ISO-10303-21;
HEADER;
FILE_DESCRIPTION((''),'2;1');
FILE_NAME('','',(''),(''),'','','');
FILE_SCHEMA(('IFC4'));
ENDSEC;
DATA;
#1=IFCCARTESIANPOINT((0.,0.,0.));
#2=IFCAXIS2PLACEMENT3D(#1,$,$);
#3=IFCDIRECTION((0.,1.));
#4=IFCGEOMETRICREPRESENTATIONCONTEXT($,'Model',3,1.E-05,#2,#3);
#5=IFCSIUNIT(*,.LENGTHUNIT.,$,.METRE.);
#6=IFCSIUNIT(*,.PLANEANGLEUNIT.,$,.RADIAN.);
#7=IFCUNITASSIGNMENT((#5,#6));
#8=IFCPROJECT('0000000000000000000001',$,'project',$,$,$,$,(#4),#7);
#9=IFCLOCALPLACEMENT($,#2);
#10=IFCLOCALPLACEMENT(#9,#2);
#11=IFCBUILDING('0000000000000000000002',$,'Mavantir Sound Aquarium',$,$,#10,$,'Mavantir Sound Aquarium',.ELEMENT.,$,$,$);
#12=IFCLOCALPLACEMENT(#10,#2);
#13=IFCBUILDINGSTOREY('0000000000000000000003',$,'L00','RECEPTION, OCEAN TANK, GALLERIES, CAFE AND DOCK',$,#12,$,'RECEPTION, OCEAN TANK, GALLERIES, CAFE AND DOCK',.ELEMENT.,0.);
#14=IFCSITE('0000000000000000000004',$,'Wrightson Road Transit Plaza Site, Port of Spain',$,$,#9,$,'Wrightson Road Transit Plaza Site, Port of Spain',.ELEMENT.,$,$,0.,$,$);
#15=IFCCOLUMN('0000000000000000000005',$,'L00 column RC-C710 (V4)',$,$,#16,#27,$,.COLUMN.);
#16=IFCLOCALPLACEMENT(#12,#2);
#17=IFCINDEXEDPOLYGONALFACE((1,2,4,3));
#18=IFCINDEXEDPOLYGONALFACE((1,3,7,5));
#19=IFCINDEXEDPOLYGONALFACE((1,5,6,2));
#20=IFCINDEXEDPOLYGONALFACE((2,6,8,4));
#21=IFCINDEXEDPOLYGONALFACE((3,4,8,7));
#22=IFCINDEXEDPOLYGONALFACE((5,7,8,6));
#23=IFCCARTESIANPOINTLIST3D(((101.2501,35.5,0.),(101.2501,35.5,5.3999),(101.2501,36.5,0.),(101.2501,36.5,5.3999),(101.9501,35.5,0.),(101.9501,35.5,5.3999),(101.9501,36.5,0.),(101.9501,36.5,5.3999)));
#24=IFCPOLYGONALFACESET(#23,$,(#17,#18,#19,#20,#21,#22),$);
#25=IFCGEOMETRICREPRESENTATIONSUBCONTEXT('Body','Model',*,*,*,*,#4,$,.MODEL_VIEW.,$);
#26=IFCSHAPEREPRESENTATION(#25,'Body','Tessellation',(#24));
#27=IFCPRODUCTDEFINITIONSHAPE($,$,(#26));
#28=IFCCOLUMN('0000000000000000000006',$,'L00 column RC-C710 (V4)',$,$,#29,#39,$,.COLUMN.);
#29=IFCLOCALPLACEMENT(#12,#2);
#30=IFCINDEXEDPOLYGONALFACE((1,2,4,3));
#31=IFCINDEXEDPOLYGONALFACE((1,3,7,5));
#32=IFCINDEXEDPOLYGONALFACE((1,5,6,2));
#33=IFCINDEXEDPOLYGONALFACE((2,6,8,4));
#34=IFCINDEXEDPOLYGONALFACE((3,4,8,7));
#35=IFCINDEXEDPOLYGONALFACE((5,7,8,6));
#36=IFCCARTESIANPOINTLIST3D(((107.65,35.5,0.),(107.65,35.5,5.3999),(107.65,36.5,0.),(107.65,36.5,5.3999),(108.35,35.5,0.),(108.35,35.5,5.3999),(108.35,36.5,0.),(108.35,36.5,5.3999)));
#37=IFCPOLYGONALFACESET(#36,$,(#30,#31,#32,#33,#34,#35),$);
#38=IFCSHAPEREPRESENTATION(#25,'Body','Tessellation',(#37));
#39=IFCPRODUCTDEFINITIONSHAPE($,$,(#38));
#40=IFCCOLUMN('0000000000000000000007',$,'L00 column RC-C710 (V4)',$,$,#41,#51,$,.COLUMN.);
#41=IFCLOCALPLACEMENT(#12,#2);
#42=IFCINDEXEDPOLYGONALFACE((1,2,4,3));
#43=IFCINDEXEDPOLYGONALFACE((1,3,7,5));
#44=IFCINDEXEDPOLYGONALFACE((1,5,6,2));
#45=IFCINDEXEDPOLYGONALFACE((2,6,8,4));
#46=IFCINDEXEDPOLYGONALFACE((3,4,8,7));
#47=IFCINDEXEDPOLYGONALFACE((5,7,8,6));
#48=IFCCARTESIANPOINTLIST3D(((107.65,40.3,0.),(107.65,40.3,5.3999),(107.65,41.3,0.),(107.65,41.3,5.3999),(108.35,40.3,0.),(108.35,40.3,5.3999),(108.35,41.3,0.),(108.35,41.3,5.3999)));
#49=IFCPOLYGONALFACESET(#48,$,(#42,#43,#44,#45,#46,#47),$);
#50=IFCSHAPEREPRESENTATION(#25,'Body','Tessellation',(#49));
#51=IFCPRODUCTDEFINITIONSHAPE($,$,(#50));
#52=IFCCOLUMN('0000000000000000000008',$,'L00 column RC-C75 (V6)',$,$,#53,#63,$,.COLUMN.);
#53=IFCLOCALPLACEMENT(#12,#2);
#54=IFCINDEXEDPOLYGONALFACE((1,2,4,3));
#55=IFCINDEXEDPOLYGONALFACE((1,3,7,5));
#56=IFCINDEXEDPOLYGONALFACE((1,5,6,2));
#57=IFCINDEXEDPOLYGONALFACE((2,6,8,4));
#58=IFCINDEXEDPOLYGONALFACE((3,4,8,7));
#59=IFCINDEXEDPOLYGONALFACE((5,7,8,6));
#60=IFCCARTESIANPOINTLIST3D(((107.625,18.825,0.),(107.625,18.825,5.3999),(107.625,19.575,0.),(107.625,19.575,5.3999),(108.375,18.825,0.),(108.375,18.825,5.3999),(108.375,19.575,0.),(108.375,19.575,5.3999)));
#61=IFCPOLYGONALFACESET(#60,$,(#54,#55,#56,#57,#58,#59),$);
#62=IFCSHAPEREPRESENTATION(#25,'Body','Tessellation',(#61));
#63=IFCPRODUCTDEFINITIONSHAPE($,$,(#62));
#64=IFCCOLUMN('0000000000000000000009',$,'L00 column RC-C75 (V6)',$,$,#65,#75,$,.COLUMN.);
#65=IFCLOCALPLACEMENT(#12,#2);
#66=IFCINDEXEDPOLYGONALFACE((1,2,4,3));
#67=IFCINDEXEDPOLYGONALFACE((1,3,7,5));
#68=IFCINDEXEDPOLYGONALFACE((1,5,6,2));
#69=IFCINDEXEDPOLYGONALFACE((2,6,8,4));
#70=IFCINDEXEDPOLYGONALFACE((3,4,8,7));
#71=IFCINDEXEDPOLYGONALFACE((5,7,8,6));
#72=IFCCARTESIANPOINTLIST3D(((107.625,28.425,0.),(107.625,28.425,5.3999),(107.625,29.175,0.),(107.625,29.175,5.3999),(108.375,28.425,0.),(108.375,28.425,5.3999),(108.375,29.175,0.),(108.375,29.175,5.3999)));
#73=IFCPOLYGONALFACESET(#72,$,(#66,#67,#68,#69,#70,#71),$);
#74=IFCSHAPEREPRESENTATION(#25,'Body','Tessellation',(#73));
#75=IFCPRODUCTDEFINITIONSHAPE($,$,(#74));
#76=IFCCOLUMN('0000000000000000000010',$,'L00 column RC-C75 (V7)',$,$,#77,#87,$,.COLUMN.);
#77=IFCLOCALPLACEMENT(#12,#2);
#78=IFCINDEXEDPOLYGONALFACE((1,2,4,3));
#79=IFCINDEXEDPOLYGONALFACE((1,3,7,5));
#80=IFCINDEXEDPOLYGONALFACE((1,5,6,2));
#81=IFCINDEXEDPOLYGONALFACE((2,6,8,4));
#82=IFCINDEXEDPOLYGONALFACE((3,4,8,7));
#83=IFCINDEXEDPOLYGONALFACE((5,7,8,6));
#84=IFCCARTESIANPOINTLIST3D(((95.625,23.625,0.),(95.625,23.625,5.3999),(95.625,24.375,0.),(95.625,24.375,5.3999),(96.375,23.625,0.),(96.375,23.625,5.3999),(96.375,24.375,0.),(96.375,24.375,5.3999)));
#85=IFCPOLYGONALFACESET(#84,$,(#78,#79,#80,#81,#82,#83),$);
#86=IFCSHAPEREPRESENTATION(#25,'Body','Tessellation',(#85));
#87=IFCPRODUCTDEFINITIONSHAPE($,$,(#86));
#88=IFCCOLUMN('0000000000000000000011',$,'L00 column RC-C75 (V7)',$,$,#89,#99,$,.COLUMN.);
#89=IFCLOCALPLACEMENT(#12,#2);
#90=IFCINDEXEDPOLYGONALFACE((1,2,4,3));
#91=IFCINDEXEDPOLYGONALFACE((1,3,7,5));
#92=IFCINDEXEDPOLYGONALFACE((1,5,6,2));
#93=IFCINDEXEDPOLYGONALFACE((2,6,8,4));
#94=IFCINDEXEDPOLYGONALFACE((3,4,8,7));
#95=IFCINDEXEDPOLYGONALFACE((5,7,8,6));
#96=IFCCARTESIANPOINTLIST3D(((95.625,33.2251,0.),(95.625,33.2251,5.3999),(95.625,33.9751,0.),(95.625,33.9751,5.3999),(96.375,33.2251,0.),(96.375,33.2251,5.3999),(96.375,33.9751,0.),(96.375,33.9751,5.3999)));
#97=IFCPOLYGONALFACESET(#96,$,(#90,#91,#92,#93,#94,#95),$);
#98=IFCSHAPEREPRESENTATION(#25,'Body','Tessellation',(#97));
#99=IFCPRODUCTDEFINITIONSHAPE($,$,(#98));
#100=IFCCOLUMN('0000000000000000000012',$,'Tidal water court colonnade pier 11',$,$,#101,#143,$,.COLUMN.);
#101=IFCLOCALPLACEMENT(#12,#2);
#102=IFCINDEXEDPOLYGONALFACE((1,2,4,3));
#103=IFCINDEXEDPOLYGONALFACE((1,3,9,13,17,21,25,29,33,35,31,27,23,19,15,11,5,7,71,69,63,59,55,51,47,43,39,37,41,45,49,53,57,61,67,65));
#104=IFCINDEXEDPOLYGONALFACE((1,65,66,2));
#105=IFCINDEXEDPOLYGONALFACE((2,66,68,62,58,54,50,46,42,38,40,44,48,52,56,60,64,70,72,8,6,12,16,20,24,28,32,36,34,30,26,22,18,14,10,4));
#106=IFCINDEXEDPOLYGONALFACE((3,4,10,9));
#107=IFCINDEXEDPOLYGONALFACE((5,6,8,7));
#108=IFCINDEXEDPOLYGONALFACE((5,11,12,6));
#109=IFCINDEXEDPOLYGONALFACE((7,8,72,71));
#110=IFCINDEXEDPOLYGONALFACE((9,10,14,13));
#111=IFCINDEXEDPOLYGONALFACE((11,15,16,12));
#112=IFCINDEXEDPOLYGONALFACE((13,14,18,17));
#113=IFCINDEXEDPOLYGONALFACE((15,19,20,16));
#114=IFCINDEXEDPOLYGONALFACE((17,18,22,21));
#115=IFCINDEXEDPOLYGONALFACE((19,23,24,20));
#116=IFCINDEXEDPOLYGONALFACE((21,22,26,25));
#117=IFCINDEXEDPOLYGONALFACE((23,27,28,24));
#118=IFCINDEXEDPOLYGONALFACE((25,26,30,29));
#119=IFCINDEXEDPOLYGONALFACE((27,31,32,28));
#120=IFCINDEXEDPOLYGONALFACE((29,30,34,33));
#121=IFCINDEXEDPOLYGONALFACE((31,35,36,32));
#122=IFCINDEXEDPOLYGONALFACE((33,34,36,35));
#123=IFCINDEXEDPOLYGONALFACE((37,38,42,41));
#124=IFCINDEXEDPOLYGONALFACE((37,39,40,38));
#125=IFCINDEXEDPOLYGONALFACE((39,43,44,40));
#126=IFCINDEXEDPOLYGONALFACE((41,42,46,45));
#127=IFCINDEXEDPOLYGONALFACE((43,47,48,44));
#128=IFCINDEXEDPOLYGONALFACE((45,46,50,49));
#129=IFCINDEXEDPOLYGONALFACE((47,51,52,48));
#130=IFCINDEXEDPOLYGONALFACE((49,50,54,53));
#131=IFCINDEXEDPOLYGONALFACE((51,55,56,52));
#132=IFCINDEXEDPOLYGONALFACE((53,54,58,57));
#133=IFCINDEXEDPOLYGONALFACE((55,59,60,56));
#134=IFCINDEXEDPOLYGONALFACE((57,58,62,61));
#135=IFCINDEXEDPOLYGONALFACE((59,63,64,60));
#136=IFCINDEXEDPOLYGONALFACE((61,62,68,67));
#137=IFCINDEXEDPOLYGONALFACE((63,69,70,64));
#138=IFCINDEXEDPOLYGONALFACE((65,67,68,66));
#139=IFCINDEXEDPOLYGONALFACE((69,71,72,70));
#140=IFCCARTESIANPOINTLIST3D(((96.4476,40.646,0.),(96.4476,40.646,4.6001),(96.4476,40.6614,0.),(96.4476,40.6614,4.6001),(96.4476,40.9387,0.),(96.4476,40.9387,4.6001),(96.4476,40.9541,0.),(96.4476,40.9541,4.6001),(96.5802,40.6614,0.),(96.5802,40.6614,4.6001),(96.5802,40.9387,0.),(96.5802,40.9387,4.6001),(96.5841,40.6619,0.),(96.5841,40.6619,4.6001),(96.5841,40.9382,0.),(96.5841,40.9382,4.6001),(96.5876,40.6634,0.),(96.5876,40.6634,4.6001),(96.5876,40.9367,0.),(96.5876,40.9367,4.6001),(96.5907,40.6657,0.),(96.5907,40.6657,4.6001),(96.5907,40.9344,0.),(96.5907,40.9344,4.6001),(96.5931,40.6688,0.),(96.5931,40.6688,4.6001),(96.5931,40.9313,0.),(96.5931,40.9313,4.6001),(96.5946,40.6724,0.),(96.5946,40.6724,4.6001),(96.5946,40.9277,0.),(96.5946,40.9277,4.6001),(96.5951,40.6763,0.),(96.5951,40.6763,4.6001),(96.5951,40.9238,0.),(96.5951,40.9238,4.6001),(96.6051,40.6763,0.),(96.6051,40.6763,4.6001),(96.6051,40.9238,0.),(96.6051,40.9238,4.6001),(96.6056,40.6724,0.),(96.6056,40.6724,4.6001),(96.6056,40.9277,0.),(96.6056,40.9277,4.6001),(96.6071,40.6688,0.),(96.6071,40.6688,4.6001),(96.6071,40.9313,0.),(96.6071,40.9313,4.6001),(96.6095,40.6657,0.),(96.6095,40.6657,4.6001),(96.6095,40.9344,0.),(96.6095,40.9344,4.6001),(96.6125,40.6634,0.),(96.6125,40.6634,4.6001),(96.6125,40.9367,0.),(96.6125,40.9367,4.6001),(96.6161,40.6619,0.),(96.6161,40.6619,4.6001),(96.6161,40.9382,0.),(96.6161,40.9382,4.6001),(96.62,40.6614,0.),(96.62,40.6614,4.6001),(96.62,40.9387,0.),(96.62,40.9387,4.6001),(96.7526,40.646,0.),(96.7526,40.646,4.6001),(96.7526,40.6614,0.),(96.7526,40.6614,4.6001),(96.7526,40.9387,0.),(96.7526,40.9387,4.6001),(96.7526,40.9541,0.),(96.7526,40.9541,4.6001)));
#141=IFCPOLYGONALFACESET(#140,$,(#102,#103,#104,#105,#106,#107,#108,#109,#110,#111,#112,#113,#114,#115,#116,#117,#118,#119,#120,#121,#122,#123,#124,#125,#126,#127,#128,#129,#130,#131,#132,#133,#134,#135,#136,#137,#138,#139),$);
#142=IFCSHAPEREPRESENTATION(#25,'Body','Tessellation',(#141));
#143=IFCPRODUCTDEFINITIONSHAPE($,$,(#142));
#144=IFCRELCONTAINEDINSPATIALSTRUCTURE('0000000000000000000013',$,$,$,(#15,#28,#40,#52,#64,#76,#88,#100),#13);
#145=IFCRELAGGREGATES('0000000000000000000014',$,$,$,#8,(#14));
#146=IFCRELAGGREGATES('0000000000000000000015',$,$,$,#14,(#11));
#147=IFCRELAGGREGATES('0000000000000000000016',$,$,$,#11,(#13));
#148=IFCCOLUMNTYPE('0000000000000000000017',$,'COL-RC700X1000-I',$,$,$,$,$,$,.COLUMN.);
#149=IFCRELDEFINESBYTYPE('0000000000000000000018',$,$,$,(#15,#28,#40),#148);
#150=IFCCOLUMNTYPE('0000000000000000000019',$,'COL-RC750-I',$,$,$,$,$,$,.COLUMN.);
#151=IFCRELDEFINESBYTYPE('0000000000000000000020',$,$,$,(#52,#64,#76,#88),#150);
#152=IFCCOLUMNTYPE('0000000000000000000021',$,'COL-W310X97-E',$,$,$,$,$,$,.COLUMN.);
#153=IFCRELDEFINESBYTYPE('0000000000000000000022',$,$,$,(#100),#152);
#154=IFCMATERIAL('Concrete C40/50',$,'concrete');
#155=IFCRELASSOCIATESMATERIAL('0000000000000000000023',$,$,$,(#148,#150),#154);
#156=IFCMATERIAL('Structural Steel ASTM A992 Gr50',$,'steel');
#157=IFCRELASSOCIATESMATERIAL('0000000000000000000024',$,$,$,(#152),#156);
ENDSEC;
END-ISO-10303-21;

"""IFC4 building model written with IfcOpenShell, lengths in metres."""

from ifc_helpers import new_model, si_unit, direction, frame, origin, origin_2d, place, context, subcontext, project, spatial, rectangle, i_section, extrude, material, material_profile, profile_set, type_object, element, save


model = new_model("IFC4")

# Units and contexts
model_context = context("Model", 3, precision=1e-05, world=origin(), true_north=direction((0.0, 1.0)))
body_context = subcontext(model_context, "Body", "Model", "MODEL_VIEW")
ifc_project = project(units=[si_unit("LENGTHUNIT", "METRE"), si_unit("PLANEANGLEUNIT", "RADIAN")], contexts=[model_context])

# Site, building, storey
site_placement = place(None, origin())
site = spatial("IfcSite", under=ifc_project, at=site_placement, Name="Wrightson Road Transit Plaza Site, Port of Spain", LongName="Wrightson Road Transit Plaza Site, Port of Spain", CompositionType="ELEMENT", RefElevation=0.0)
building_placement = place(site_placement, origin())
building = spatial("IfcBuilding", under=site, at=building_placement, Name="Mavantir Sound Aquarium", LongName="Mavantir Sound Aquarium", CompositionType="ELEMENT")
storey_placement = place(building_placement, origin())
storey = spatial("IfcBuildingStorey", under=building, at=storey_placement, Name="L00", Description="RECEPTION, OCEAN TANK, GALLERIES, CAFE AND DOCK", LongName="RECEPTION, OCEAN TANK, GALLERIES, CAFE AND DOCK", CompositionType="ELEMENT", Elevation=0.0)

# Columns
ifc_material_1 = material(Name="Concrete C40/50", Category="concrete")
ifc_material_profile_1 = material_profile(ifc_material_1, rectangle(XDim=0.7, YDim=1.0, at=origin_2d()), Name="RC 700X1000")
ifc_profile_set_1 = profile_set([ifc_material_profile_1], Name="Concrete C40/50")
column_type_1 = type_object("IfcColumnType", Name="COL-RC700X1000-I", PredefinedType="COLUMN", material=ifc_profile_set_1)
for number, where, z_axis, x_axis, name in (
    (1, (101.6001, 36.0, 0.0), (0.0, 0.0, 1.0), (1.0, 0.0, 0.0), "L00 column RC-C710 (V4)"),
    (2, (108.0, 36.0, 0.0), (0.0, 0.0, 1.0), (1.0, 0.0, 0.0), "L00 column RC-C710 (V4)"),
    (3, (108.0, 40.8, 0.0), (0.0, 0.0, 1.0), (1.0, 0.0, 0.0), "L00 column RC-C710 (V4)"),
):
    element("IfcColumn", number, at=place(storey_placement, frame(where, z_axis=z_axis, x_axis=x_axis)), inside=storey, type_object=column_type_1, Name=name, PredefinedType="COLUMN", context=body_context, shape_type="SweptSolid", body=[
        extrude(rectangle(XDim=0.7, YDim=1.0, at=origin_2d()), origin(), (0.0, 0.0, 1.0), 5.3999),
    ])
ifc_material_profile_2 = material_profile(ifc_material_1, rectangle(XDim=0.75, YDim=0.75, at=origin_2d()), Name="RC 750X750")
ifc_profile_set_2 = profile_set([ifc_material_profile_2], Name="Concrete C40/50")
column_type_2 = type_object("IfcColumnType", Name="COL-RC750-I", PredefinedType="COLUMN", material=ifc_profile_set_2)
for number, where, z_axis, x_axis, name in (
    (4, (108.0, 19.2, 0.0), (0.0, 0.0, 1.0), (1.0, 0.0, 0.0), "L00 column RC-C75 (V6)"),
    (5, (108.0, 28.8, 0.0), (0.0, 0.0, 1.0), (1.0, 0.0, 0.0), "L00 column RC-C75 (V6)"),
    (6, (96.0, 24.0, 0.0), (0.0, 0.0, 1.0), (1.0, 0.0, 0.0), "L00 column RC-C75 (V7)"),
    (7, (96.0, 33.6001, 0.0), (0.0, 0.0, 1.0), (1.0, 0.0, 0.0), "L00 column RC-C75 (V7)"),
):
    element("IfcColumn", number, at=place(storey_placement, frame(where, z_axis=z_axis, x_axis=x_axis)), inside=storey, type_object=column_type_2, Name=name, PredefinedType="COLUMN", context=body_context, shape_type="SweptSolid", body=[
        extrude(rectangle(XDim=0.75, YDim=0.75, at=origin_2d()), origin(), (0.0, 0.0, 1.0), 5.3999),
    ])
ifc_material_2 = material(Name="Structural Steel ASTM A992 Gr50", Category="steel")
ifc_material_profile_3 = material_profile(ifc_material_2, i_section(OverallWidth=0.3049, OverallDepth=0.3081, WebThickness=0.01, FlangeThickness=0.0154, FilletRadius=0.0149, at=origin_2d()), Name="W310X97")
ifc_profile_set_3 = profile_set([ifc_material_profile_3], Name="Structural Steel ASTM A992 Gr50")
column_type_3 = type_object("IfcColumnType", Name="COL-W310X97-E", PredefinedType="COLUMN", material=ifc_profile_set_3)
column_placement = place(storey_placement, frame((96.6001, 40.8, 0.0), z_axis=(0.0, 0.0, 1.0), x_axis=(1.0, 0.0, 0.0)))
element("IfcColumn", 8, at=column_placement, inside=storey, type_object=column_type_3, Name="Tidal water court colonnade pier 11", PredefinedType="COLUMN", context=body_context, shape_type="SweptSolid", body=[
    extrude(i_section(OverallWidth=0.3049, OverallDepth=0.3081, WebThickness=0.01, FlangeThickness=0.0154, FilletRadius=0.0149, at=origin_2d()), origin(), (0.0, 0.0, 1.0), 4.6001),
])

save(model, "model.ifc")
